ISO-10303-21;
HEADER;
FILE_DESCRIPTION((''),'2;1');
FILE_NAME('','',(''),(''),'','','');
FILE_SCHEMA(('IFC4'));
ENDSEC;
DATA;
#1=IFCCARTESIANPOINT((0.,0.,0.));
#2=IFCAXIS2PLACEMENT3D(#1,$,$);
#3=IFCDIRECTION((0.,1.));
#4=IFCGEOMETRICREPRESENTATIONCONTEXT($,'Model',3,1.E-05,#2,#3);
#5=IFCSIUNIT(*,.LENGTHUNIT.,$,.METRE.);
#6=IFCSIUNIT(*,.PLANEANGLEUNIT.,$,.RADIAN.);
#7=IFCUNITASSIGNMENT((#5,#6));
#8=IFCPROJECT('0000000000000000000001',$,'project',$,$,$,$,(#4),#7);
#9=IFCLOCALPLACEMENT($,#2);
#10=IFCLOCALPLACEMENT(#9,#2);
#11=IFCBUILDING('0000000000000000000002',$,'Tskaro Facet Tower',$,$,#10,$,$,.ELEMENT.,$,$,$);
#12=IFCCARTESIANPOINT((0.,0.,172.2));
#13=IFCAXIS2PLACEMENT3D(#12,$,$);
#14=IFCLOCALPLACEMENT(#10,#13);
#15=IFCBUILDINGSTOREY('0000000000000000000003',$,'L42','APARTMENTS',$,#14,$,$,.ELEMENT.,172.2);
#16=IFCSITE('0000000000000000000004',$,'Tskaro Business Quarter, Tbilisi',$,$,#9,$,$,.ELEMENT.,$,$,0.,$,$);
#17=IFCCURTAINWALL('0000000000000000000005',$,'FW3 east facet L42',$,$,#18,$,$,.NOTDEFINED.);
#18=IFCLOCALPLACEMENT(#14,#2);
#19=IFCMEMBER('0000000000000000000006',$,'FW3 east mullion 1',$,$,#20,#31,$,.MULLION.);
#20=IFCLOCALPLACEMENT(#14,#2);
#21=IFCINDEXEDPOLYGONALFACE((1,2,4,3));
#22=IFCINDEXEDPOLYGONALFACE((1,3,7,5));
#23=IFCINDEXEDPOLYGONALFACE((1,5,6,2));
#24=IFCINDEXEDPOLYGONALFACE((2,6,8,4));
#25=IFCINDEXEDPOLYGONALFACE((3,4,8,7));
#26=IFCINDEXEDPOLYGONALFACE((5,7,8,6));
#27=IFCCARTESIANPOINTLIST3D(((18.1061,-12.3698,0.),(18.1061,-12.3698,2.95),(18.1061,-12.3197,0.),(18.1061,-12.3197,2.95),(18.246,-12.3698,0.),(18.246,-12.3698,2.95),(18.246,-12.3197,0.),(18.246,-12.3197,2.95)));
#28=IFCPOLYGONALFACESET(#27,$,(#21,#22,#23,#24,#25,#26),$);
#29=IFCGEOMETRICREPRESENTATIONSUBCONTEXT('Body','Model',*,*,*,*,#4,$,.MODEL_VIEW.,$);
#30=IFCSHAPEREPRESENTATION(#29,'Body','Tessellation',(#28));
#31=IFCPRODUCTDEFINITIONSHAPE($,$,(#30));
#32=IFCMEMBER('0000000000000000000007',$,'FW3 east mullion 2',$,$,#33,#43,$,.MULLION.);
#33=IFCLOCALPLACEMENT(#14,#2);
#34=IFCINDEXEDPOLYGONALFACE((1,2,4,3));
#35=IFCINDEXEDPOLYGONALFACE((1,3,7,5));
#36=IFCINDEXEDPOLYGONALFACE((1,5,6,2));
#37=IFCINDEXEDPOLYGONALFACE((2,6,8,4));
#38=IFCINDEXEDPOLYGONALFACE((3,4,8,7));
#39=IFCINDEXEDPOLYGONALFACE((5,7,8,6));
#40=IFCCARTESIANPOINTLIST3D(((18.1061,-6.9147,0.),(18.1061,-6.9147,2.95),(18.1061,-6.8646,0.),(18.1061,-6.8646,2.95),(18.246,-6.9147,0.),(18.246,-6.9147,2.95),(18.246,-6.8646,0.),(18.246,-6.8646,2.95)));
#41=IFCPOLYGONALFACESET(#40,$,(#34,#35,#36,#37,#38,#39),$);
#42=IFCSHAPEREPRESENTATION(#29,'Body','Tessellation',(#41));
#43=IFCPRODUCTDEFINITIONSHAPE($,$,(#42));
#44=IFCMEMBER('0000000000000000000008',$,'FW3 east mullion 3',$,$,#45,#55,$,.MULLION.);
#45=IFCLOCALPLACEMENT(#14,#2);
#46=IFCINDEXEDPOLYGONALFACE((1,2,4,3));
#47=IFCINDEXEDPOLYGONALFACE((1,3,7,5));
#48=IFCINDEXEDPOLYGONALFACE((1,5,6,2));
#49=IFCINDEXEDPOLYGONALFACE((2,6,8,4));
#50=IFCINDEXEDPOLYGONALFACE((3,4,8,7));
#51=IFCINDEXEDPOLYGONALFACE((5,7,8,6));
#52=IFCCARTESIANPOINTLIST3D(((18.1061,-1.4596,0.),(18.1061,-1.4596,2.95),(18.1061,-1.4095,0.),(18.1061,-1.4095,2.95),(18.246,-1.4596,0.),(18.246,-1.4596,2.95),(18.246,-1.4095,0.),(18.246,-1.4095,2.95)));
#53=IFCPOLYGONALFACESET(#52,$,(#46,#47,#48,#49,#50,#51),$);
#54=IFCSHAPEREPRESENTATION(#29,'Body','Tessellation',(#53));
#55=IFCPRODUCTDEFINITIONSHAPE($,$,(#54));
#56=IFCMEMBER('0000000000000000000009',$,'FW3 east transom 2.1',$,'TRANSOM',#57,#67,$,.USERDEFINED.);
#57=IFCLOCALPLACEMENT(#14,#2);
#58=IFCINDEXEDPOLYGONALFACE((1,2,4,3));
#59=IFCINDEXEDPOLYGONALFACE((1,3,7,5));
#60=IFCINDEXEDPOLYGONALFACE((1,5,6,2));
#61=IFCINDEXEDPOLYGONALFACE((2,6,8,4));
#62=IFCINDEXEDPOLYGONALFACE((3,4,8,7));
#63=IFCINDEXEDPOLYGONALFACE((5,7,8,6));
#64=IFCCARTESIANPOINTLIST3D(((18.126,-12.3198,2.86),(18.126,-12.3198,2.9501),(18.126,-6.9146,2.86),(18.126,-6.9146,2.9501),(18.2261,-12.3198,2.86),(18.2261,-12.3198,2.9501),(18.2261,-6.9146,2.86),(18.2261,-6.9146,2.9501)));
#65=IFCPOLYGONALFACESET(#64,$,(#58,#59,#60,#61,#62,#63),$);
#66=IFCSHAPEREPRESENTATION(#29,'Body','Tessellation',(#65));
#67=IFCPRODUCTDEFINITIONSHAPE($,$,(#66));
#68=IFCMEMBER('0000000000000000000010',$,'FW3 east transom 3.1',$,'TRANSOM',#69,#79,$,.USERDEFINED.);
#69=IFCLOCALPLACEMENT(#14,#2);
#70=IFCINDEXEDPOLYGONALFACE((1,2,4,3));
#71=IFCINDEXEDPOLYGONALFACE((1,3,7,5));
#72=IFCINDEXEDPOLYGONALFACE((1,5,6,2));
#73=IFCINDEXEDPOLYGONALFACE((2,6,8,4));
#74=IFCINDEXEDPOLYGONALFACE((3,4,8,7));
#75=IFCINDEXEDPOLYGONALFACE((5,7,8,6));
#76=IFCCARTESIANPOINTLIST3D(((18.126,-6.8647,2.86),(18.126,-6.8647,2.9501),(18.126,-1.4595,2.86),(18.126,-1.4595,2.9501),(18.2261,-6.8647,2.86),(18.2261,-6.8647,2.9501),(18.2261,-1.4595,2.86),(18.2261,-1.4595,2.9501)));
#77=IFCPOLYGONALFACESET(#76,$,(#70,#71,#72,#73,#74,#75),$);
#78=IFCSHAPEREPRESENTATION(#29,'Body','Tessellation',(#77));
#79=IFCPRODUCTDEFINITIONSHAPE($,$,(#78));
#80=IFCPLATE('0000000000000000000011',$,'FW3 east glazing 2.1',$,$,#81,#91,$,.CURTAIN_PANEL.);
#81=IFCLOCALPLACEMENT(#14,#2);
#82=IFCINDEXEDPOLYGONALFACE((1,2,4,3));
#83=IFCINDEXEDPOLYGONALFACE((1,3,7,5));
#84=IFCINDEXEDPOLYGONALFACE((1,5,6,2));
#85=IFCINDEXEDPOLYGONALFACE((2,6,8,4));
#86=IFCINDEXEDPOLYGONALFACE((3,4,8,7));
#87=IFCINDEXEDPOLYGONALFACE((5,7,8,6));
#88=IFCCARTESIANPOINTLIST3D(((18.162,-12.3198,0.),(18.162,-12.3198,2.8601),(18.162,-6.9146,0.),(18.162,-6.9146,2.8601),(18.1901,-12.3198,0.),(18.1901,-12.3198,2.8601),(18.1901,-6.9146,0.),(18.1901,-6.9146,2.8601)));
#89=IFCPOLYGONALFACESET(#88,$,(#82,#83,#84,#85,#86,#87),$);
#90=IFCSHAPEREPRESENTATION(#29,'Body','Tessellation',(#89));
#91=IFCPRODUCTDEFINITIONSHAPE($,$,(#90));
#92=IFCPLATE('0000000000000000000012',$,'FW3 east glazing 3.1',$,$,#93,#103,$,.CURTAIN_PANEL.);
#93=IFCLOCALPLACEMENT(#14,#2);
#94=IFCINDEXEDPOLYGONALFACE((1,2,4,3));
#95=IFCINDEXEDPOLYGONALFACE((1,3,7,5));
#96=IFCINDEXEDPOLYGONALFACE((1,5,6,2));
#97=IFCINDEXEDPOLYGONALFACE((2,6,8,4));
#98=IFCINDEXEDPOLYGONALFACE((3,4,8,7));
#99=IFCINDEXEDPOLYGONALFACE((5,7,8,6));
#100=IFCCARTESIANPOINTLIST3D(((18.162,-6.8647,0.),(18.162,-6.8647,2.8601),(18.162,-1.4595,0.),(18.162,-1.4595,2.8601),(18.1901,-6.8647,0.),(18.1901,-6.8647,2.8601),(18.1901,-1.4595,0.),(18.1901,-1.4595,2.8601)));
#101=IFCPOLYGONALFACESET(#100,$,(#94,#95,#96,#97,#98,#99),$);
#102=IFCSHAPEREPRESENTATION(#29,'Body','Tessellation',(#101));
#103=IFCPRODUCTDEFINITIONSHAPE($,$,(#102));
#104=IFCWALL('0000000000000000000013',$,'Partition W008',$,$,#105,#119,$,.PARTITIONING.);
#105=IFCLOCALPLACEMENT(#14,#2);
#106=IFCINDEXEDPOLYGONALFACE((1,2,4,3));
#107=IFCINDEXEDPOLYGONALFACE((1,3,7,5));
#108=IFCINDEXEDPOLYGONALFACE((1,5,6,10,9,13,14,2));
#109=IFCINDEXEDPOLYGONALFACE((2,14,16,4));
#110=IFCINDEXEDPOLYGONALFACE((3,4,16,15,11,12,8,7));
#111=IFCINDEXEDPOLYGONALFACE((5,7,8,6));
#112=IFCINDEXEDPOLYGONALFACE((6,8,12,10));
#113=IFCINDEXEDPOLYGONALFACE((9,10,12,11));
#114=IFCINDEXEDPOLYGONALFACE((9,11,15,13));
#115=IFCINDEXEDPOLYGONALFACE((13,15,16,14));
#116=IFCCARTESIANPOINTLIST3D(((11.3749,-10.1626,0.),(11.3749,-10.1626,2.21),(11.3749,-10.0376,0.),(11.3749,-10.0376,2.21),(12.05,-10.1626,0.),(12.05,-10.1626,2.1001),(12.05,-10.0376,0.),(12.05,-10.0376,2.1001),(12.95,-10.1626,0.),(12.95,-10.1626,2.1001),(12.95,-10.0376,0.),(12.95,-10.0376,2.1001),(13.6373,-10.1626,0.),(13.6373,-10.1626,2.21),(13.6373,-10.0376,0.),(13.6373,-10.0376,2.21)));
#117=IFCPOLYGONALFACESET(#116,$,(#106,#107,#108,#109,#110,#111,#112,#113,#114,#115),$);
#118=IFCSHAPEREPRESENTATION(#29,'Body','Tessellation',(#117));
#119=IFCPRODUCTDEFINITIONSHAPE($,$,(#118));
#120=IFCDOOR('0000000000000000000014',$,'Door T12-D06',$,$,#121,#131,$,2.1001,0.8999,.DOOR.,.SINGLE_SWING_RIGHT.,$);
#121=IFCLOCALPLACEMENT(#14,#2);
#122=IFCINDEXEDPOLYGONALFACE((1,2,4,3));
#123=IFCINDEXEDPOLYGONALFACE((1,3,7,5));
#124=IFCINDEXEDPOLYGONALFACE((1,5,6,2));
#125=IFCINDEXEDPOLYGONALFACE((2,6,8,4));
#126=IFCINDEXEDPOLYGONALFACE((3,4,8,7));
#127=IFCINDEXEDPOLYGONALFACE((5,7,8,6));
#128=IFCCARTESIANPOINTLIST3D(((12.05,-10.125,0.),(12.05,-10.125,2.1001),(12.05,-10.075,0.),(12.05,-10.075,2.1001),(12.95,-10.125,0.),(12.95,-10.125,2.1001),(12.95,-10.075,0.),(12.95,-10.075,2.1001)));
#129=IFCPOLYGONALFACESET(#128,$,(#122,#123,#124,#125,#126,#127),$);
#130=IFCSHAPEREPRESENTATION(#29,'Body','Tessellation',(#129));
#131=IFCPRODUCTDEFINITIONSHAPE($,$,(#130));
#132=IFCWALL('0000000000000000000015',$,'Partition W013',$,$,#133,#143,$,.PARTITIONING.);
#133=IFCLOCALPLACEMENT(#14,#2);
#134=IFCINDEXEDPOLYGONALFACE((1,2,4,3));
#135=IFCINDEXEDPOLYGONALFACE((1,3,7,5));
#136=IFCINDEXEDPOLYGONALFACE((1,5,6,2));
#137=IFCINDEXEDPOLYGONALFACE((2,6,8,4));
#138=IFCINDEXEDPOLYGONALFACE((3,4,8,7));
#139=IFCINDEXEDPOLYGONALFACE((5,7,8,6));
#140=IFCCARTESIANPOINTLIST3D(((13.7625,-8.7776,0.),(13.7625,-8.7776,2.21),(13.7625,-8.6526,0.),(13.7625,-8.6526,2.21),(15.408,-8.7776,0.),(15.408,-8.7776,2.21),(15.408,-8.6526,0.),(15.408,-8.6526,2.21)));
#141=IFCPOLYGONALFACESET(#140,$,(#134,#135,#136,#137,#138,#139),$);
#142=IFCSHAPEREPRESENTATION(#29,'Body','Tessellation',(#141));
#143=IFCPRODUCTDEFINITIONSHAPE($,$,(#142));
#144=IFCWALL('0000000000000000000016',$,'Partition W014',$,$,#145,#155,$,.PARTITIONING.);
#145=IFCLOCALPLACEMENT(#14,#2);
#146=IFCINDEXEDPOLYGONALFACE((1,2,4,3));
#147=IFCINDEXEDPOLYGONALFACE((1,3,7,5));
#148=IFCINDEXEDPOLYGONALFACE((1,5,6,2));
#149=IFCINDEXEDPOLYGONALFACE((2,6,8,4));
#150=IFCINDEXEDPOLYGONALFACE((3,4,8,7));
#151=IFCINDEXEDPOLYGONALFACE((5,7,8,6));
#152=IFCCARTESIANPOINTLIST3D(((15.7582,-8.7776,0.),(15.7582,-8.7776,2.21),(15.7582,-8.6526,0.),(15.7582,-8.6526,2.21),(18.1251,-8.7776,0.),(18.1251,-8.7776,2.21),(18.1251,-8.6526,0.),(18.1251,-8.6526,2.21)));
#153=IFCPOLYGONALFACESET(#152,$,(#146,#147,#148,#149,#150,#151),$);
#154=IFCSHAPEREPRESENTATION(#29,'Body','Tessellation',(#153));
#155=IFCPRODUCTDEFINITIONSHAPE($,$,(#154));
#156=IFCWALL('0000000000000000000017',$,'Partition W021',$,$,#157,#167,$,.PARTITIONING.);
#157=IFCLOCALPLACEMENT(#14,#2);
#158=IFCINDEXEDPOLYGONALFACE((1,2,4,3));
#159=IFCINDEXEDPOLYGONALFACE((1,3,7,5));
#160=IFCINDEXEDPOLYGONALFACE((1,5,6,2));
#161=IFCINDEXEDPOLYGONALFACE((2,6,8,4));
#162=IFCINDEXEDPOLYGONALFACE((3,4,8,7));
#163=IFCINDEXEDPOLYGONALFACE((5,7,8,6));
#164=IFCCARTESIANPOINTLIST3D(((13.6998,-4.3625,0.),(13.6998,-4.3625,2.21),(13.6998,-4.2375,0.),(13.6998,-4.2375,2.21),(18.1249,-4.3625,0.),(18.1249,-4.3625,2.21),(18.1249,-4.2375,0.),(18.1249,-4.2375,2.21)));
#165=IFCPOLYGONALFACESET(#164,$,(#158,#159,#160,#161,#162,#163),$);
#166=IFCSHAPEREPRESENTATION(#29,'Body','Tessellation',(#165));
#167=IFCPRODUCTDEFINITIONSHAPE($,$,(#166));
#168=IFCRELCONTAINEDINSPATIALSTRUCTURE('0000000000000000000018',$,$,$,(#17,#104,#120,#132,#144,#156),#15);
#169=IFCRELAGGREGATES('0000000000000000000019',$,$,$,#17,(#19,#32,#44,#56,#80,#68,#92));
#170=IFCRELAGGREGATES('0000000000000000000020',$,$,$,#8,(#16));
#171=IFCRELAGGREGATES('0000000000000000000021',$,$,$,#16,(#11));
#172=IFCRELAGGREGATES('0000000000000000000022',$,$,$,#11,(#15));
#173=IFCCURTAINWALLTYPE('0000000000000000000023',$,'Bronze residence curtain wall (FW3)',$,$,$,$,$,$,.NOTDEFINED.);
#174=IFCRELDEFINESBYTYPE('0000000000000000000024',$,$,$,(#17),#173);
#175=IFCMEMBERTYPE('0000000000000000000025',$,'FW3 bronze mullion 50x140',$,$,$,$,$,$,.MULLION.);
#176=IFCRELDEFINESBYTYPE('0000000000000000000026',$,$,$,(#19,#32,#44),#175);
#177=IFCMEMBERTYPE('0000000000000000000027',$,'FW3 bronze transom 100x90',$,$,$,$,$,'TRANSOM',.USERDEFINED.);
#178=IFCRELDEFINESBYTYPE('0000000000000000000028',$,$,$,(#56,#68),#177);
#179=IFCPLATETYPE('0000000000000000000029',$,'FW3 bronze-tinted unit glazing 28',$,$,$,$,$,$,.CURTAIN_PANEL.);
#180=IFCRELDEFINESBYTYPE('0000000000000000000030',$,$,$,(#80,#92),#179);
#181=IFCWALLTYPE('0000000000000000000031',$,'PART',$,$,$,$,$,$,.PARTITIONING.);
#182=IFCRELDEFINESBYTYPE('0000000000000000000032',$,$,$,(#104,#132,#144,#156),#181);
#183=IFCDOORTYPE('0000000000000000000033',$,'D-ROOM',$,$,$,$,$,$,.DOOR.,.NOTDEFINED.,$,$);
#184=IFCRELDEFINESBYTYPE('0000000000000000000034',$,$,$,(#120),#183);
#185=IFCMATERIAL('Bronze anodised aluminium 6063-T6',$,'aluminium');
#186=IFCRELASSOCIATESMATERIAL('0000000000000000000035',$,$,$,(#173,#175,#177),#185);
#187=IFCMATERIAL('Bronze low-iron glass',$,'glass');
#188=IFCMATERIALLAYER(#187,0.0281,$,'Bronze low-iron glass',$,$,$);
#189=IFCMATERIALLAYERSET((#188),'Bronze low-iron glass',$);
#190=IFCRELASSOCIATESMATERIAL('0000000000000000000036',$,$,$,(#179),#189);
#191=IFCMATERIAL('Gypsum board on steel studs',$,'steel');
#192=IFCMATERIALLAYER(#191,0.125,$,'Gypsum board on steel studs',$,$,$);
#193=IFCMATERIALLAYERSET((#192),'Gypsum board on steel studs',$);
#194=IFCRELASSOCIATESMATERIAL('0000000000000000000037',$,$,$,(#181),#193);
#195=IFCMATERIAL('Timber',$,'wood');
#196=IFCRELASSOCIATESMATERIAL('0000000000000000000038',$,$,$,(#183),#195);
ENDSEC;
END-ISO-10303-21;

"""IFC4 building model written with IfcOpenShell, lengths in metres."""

from ifc_helpers import new_model, si_unit, direction, frame, frame_2d, origin, origin_2d, place, context, subcontext, project, spatial, rectangle, extrude, material, layer, layer_set, material_profile, profile_set, type_object, element, fill, aggregate, save


model = new_model("IFC4")

# Units and contexts
model_context = context("Model", 3, precision=1e-05, world=origin(), true_north=direction((0.0, 1.0)))
body_context = subcontext(model_context, "Body", "Model", "MODEL_VIEW")
ifc_project = project(units=[si_unit("LENGTHUNIT", "METRE"), si_unit("PLANEANGLEUNIT", "RADIAN")], contexts=[model_context])

# Site, building, storey
site_placement = place(None, origin())
site = spatial("IfcSite", under=ifc_project, at=site_placement, Name="Tskaro Business Quarter, Tbilisi", CompositionType="ELEMENT", RefElevation=0.0)
building_placement = place(site_placement, origin())
building = spatial("IfcBuilding", under=site, at=building_placement, Name="Tskaro Facet Tower", CompositionType="ELEMENT")
storey_placement = place(building_placement, frame((0.0, 0.0, 172.2)))
storey = spatial("IfcBuildingStorey", under=building, at=storey_placement, Name="L42", Description="APARTMENTS", CompositionType="ELEMENT", Elevation=172.2)

# Curtain wall, members, plates
ifc_material_1 = material(Name="Bronze anodised aluminium 6063-T6", Category="aluminium")
curtain_wall_type = type_object("IfcCurtainWallType", Name="Bronze residence curtain wall (FW3)", PredefinedType="NOTDEFINED", material=ifc_material_1)
curtain_wall_placement = place(storey_placement, origin())
curtain_wall = element("IfcCurtainWall", 1, at=curtain_wall_placement, inside=storey, type_object=curtain_wall_type, Name="FW3 east facet L42", PredefinedType="NOTDEFINED")
ifc_material_profile_1 = material_profile(ifc_material_1, rectangle(XDim=0.05, YDim=0.1399, at=origin_2d()), Name="Mullion 50x140")
ifc_profile_set_1 = profile_set([ifc_material_profile_1], Name="Bronze anodised aluminium 6063-T6")
member_type_1 = type_object("IfcMemberType", Name="FW3 bronze mullion 50x140", PredefinedType="MULLION", material=ifc_profile_set_1)
member_1_placement = place(storey_placement, frame((18.176, -12.3447, 0.0), z_axis=(0.0, 0.0, 1.0), x_axis=(0.0, 1.0, 0.0)))
member_1 = element("IfcMember", 2, at=member_1_placement, type_object=member_type_1, Name="FW3 east mullion 1", PredefinedType="MULLION", context=body_context, shape_type="SweptSolid", body=[
    extrude(rectangle(XDim=0.05, YDim=0.1399, at=origin_2d()), origin(), (0.0, 0.0, 1.0), 2.95),
])
member_2_placement = place(storey_placement, frame((18.176, -6.8896, 0.0), z_axis=(0.0, 0.0, 1.0), x_axis=(0.0, 1.0, 0.0)))
member_2 = element("IfcMember", 3, at=member_2_placement, type_object=member_type_1, Name="FW3 east mullion 2", PredefinedType="MULLION", context=body_context, shape_type="SweptSolid", body=[
    extrude(rectangle(XDim=0.05, YDim=0.1399, at=origin_2d()), origin(), (0.0, 0.0, 1.0), 2.95),
])
member_3_placement = place(storey_placement, frame((18.176, -1.4346, 0.0), z_axis=(0.0, 0.0, 1.0), x_axis=(0.0, 1.0, 0.0)))
member_3 = element("IfcMember", 4, at=member_3_placement, type_object=member_type_1, Name="FW3 east mullion 3", PredefinedType="MULLION", context=body_context, shape_type="SweptSolid", body=[
    extrude(rectangle(XDim=0.05, YDim=0.1399, at=origin_2d()), origin(), (0.0, 0.0, 1.0), 2.95),
])
ifc_material_profile_2 = material_profile(ifc_material_1, rectangle(XDim=0.1001, YDim=0.0901, at=origin_2d()), Name="Transom 100x90")
ifc_profile_set_2 = profile_set([ifc_material_profile_2], Name="Bronze anodised aluminium 6063-T6")
member_type_2 = type_object("IfcMemberType", Name="FW3 bronze transom 100x90", ElementType="TRANSOM", PredefinedType="USERDEFINED", material=ifc_profile_set_2)
member_4_placement = place(storey_placement, frame((18.176, -12.3198, 2.905), z_axis=(0.0, 1.0, 0.0), x_axis=(-1.0, 0.0, 0.0)))
member_4 = element("IfcMember", 5, at=member_4_placement, type_object=member_type_2, Name="FW3 east transom 2.1", ObjectType="TRANSOM", PredefinedType="USERDEFINED", context=body_context, shape_type="SweptSolid", body=[
    extrude(rectangle(XDim=0.1001, YDim=0.0901, at=origin_2d()), origin(), (0.0, 0.0, 1.0), 5.4053),
])
member_5_placement = place(storey_placement, frame((18.176, -6.8647, 2.905), z_axis=(0.0, 1.0, 0.0), x_axis=(-1.0, 0.0, 0.0)))
member_5 = element("IfcMember", 6, at=member_5_placement, type_object=member_type_2, Name="FW3 east transom 3.1", ObjectType="TRANSOM", PredefinedType="USERDEFINED", context=body_context, shape_type="SweptSolid", body=[
    extrude(rectangle(XDim=0.1001, YDim=0.0901, at=origin_2d()), origin(), (0.0, 0.0, 1.0), 5.4053),
])
ifc_material_2 = material(Name="Bronze low-iron glass", Category="glass")
ifc_layer_1 = layer(ifc_material_2, 0.0281, Name="Bronze low-iron glass")
ifc_layer_set_1 = layer_set([ifc_layer_1], Name="Bronze low-iron glass")
plate_type = type_object("IfcPlateType", Name="FW3 bronze-tinted unit glazing 28", PredefinedType="CURTAIN_PANEL", material=ifc_layer_set_1)
plate_1_placement = place(storey_placement, frame((18.176, -9.6172, 0.0), z_axis=(0.0, 0.0, 1.0), x_axis=(0.0, 1.0, 0.0)))
plate_1 = element("IfcPlate", 7, at=plate_1_placement, type_object=plate_type, Name="FW3 east glazing 2.1", PredefinedType="CURTAIN_PANEL", context=body_context, shape_type="SweptSolid", body=[
    extrude(rectangle(XDim=5.4053, YDim=0.0281, at=origin_2d()), origin(), (0.0, 0.0, 1.0), 2.8601),
])
plate_2_placement = place(storey_placement, frame((18.176, -4.1621, 0.0), z_axis=(0.0, 0.0, 1.0), x_axis=(0.0, 1.0, 0.0)))
plate_2 = element("IfcPlate", 8, at=plate_2_placement, type_object=plate_type, Name="FW3 east glazing 3.1", PredefinedType="CURTAIN_PANEL", context=body_context, shape_type="SweptSolid", body=[
    extrude(rectangle(XDim=5.4053, YDim=0.0281, at=origin_2d()), origin(), (0.0, 0.0, 1.0), 2.8601),
])
aggregate(curtain_wall, [member_1, member_2, member_3, member_4, plate_1, member_5, plate_2])

# Wall, opening, door
ifc_material_3 = material(Name="Gypsum board on steel studs", Category="steel")
ifc_layer_2 = layer(ifc_material_3, 0.125, Name="Gypsum board on steel studs")
ifc_layer_set_2 = layer_set([ifc_layer_2], Name="Gypsum board on steel studs")
wall_type = type_object("IfcWallType", Name="PART", PredefinedType="PARTITIONING", material=ifc_layer_set_2)
wall_1_placement = place(storey_placement, frame((13.6375, -10.1001, 0.0), z_axis=(0.0, 0.0, 1.0), x_axis=(-1.0, 0.0, 0.0)))
wall_1 = element("IfcWall", 9, at=wall_1_placement, inside=storey, type_object=wall_type, Name="Partition W008", PredefinedType="PARTITIONING", context=body_context, shape_type="SweptSolid", body=[
    extrude(rectangle(XDim=2.2625, YDim=0.125, at=frame_2d((1.1313, 0.0))), origin(), (0.0, 0.0, 1.0), 2.21),
])
opening_1_placement = place(wall_1_placement, frame((0.6875, 0.0, 0.0)))
opening_1 = element("IfcOpeningElement", 10, at=opening_1_placement, cuts=wall_1, PredefinedType="OPENING", context=body_context, shape_type="SweptSolid", body=[
    extrude(rectangle(XDim=0.8999, YDim=2.1001, at=frame_2d((0.45, 1.05))), frame((0.0, 0.0725, 0.0), z_axis=(0.0, -1.0, 0.0), x_axis=(1.0, 0.0, 0.0)), (0.0, 0.0, 1.0), 0.145),
])
ifc_material_4 = material(Name="Timber", Category="wood")
door_type = type_object("IfcDoorType", Name="D-ROOM", OperationType="NOTDEFINED", PredefinedType="DOOR", material=ifc_material_4)
door_1_placement = place(opening_1_placement, origin())
door_1 = element("IfcDoor", 11, at=door_1_placement, inside=storey, type_object=door_type, Name="Door T12-D06", OperationType="SINGLE_SWING_RIGHT", OverallHeight=2.1001, OverallWidth=0.8999, PredefinedType="DOOR", context=body_context, shape_type="SweptSolid", body=[
    extrude(rectangle(XDim=0.8999, YDim=2.1001, at=frame_2d((0.45, 1.05))), frame((0.0, 0.0249, 0.0), z_axis=(0.0, -1.0, 0.0), x_axis=(1.0, 0.0, 0.0)), (0.0, 0.0, 1.0), 0.05),
])
fill(opening_1, door_1)

# Walls
wall_2_placement = place(storey_placement, frame((13.7625, -8.7151, 0.0), z_axis=(0.0, 0.0, 1.0), x_axis=(1.0, 0.0, 0.0)))
element("IfcWall", 12, at=wall_2_placement, inside=storey, type_object=wall_type, Name="Partition W013", PredefinedType="PARTITIONING", context=body_context, shape_type="SweptSolid", body=[
    extrude(rectangle(XDim=1.6455, YDim=0.125, at=frame_2d((0.8228, 0.0))), origin(), (0.0, 0.0, 1.0), 2.21),
])
wall_3_placement = place(storey_placement, frame((15.7581, -8.7151, 0.0), z_axis=(0.0, 0.0, 1.0), x_axis=(1.0, 0.0, 0.0)))
element("IfcWall", 13, at=wall_3_placement, inside=storey, type_object=wall_type, Name="Partition W014", PredefinedType="PARTITIONING", context=body_context, shape_type="SweptSolid", body=[
    extrude(rectangle(XDim=2.3669, YDim=0.125, at=frame_2d((1.1836, 0.0))), origin(), (0.0, 0.0, 1.0), 2.21),
])
wall_4_placement = place(storey_placement, frame((13.7, -4.3, 0.0), z_axis=(0.0, 0.0, 1.0), x_axis=(1.0, 0.0, 0.0)))
element("IfcWall", 14, at=wall_4_placement, inside=storey, type_object=wall_type, Name="Partition W021", PredefinedType="PARTITIONING", context=body_context, shape_type="SweptSolid", body=[
    extrude(rectangle(XDim=4.425, YDim=0.125, at=frame_2d((2.2124, 0.0))), origin(), (0.0, 0.0, 1.0), 2.21),
])

save(model, "model.ifc")
